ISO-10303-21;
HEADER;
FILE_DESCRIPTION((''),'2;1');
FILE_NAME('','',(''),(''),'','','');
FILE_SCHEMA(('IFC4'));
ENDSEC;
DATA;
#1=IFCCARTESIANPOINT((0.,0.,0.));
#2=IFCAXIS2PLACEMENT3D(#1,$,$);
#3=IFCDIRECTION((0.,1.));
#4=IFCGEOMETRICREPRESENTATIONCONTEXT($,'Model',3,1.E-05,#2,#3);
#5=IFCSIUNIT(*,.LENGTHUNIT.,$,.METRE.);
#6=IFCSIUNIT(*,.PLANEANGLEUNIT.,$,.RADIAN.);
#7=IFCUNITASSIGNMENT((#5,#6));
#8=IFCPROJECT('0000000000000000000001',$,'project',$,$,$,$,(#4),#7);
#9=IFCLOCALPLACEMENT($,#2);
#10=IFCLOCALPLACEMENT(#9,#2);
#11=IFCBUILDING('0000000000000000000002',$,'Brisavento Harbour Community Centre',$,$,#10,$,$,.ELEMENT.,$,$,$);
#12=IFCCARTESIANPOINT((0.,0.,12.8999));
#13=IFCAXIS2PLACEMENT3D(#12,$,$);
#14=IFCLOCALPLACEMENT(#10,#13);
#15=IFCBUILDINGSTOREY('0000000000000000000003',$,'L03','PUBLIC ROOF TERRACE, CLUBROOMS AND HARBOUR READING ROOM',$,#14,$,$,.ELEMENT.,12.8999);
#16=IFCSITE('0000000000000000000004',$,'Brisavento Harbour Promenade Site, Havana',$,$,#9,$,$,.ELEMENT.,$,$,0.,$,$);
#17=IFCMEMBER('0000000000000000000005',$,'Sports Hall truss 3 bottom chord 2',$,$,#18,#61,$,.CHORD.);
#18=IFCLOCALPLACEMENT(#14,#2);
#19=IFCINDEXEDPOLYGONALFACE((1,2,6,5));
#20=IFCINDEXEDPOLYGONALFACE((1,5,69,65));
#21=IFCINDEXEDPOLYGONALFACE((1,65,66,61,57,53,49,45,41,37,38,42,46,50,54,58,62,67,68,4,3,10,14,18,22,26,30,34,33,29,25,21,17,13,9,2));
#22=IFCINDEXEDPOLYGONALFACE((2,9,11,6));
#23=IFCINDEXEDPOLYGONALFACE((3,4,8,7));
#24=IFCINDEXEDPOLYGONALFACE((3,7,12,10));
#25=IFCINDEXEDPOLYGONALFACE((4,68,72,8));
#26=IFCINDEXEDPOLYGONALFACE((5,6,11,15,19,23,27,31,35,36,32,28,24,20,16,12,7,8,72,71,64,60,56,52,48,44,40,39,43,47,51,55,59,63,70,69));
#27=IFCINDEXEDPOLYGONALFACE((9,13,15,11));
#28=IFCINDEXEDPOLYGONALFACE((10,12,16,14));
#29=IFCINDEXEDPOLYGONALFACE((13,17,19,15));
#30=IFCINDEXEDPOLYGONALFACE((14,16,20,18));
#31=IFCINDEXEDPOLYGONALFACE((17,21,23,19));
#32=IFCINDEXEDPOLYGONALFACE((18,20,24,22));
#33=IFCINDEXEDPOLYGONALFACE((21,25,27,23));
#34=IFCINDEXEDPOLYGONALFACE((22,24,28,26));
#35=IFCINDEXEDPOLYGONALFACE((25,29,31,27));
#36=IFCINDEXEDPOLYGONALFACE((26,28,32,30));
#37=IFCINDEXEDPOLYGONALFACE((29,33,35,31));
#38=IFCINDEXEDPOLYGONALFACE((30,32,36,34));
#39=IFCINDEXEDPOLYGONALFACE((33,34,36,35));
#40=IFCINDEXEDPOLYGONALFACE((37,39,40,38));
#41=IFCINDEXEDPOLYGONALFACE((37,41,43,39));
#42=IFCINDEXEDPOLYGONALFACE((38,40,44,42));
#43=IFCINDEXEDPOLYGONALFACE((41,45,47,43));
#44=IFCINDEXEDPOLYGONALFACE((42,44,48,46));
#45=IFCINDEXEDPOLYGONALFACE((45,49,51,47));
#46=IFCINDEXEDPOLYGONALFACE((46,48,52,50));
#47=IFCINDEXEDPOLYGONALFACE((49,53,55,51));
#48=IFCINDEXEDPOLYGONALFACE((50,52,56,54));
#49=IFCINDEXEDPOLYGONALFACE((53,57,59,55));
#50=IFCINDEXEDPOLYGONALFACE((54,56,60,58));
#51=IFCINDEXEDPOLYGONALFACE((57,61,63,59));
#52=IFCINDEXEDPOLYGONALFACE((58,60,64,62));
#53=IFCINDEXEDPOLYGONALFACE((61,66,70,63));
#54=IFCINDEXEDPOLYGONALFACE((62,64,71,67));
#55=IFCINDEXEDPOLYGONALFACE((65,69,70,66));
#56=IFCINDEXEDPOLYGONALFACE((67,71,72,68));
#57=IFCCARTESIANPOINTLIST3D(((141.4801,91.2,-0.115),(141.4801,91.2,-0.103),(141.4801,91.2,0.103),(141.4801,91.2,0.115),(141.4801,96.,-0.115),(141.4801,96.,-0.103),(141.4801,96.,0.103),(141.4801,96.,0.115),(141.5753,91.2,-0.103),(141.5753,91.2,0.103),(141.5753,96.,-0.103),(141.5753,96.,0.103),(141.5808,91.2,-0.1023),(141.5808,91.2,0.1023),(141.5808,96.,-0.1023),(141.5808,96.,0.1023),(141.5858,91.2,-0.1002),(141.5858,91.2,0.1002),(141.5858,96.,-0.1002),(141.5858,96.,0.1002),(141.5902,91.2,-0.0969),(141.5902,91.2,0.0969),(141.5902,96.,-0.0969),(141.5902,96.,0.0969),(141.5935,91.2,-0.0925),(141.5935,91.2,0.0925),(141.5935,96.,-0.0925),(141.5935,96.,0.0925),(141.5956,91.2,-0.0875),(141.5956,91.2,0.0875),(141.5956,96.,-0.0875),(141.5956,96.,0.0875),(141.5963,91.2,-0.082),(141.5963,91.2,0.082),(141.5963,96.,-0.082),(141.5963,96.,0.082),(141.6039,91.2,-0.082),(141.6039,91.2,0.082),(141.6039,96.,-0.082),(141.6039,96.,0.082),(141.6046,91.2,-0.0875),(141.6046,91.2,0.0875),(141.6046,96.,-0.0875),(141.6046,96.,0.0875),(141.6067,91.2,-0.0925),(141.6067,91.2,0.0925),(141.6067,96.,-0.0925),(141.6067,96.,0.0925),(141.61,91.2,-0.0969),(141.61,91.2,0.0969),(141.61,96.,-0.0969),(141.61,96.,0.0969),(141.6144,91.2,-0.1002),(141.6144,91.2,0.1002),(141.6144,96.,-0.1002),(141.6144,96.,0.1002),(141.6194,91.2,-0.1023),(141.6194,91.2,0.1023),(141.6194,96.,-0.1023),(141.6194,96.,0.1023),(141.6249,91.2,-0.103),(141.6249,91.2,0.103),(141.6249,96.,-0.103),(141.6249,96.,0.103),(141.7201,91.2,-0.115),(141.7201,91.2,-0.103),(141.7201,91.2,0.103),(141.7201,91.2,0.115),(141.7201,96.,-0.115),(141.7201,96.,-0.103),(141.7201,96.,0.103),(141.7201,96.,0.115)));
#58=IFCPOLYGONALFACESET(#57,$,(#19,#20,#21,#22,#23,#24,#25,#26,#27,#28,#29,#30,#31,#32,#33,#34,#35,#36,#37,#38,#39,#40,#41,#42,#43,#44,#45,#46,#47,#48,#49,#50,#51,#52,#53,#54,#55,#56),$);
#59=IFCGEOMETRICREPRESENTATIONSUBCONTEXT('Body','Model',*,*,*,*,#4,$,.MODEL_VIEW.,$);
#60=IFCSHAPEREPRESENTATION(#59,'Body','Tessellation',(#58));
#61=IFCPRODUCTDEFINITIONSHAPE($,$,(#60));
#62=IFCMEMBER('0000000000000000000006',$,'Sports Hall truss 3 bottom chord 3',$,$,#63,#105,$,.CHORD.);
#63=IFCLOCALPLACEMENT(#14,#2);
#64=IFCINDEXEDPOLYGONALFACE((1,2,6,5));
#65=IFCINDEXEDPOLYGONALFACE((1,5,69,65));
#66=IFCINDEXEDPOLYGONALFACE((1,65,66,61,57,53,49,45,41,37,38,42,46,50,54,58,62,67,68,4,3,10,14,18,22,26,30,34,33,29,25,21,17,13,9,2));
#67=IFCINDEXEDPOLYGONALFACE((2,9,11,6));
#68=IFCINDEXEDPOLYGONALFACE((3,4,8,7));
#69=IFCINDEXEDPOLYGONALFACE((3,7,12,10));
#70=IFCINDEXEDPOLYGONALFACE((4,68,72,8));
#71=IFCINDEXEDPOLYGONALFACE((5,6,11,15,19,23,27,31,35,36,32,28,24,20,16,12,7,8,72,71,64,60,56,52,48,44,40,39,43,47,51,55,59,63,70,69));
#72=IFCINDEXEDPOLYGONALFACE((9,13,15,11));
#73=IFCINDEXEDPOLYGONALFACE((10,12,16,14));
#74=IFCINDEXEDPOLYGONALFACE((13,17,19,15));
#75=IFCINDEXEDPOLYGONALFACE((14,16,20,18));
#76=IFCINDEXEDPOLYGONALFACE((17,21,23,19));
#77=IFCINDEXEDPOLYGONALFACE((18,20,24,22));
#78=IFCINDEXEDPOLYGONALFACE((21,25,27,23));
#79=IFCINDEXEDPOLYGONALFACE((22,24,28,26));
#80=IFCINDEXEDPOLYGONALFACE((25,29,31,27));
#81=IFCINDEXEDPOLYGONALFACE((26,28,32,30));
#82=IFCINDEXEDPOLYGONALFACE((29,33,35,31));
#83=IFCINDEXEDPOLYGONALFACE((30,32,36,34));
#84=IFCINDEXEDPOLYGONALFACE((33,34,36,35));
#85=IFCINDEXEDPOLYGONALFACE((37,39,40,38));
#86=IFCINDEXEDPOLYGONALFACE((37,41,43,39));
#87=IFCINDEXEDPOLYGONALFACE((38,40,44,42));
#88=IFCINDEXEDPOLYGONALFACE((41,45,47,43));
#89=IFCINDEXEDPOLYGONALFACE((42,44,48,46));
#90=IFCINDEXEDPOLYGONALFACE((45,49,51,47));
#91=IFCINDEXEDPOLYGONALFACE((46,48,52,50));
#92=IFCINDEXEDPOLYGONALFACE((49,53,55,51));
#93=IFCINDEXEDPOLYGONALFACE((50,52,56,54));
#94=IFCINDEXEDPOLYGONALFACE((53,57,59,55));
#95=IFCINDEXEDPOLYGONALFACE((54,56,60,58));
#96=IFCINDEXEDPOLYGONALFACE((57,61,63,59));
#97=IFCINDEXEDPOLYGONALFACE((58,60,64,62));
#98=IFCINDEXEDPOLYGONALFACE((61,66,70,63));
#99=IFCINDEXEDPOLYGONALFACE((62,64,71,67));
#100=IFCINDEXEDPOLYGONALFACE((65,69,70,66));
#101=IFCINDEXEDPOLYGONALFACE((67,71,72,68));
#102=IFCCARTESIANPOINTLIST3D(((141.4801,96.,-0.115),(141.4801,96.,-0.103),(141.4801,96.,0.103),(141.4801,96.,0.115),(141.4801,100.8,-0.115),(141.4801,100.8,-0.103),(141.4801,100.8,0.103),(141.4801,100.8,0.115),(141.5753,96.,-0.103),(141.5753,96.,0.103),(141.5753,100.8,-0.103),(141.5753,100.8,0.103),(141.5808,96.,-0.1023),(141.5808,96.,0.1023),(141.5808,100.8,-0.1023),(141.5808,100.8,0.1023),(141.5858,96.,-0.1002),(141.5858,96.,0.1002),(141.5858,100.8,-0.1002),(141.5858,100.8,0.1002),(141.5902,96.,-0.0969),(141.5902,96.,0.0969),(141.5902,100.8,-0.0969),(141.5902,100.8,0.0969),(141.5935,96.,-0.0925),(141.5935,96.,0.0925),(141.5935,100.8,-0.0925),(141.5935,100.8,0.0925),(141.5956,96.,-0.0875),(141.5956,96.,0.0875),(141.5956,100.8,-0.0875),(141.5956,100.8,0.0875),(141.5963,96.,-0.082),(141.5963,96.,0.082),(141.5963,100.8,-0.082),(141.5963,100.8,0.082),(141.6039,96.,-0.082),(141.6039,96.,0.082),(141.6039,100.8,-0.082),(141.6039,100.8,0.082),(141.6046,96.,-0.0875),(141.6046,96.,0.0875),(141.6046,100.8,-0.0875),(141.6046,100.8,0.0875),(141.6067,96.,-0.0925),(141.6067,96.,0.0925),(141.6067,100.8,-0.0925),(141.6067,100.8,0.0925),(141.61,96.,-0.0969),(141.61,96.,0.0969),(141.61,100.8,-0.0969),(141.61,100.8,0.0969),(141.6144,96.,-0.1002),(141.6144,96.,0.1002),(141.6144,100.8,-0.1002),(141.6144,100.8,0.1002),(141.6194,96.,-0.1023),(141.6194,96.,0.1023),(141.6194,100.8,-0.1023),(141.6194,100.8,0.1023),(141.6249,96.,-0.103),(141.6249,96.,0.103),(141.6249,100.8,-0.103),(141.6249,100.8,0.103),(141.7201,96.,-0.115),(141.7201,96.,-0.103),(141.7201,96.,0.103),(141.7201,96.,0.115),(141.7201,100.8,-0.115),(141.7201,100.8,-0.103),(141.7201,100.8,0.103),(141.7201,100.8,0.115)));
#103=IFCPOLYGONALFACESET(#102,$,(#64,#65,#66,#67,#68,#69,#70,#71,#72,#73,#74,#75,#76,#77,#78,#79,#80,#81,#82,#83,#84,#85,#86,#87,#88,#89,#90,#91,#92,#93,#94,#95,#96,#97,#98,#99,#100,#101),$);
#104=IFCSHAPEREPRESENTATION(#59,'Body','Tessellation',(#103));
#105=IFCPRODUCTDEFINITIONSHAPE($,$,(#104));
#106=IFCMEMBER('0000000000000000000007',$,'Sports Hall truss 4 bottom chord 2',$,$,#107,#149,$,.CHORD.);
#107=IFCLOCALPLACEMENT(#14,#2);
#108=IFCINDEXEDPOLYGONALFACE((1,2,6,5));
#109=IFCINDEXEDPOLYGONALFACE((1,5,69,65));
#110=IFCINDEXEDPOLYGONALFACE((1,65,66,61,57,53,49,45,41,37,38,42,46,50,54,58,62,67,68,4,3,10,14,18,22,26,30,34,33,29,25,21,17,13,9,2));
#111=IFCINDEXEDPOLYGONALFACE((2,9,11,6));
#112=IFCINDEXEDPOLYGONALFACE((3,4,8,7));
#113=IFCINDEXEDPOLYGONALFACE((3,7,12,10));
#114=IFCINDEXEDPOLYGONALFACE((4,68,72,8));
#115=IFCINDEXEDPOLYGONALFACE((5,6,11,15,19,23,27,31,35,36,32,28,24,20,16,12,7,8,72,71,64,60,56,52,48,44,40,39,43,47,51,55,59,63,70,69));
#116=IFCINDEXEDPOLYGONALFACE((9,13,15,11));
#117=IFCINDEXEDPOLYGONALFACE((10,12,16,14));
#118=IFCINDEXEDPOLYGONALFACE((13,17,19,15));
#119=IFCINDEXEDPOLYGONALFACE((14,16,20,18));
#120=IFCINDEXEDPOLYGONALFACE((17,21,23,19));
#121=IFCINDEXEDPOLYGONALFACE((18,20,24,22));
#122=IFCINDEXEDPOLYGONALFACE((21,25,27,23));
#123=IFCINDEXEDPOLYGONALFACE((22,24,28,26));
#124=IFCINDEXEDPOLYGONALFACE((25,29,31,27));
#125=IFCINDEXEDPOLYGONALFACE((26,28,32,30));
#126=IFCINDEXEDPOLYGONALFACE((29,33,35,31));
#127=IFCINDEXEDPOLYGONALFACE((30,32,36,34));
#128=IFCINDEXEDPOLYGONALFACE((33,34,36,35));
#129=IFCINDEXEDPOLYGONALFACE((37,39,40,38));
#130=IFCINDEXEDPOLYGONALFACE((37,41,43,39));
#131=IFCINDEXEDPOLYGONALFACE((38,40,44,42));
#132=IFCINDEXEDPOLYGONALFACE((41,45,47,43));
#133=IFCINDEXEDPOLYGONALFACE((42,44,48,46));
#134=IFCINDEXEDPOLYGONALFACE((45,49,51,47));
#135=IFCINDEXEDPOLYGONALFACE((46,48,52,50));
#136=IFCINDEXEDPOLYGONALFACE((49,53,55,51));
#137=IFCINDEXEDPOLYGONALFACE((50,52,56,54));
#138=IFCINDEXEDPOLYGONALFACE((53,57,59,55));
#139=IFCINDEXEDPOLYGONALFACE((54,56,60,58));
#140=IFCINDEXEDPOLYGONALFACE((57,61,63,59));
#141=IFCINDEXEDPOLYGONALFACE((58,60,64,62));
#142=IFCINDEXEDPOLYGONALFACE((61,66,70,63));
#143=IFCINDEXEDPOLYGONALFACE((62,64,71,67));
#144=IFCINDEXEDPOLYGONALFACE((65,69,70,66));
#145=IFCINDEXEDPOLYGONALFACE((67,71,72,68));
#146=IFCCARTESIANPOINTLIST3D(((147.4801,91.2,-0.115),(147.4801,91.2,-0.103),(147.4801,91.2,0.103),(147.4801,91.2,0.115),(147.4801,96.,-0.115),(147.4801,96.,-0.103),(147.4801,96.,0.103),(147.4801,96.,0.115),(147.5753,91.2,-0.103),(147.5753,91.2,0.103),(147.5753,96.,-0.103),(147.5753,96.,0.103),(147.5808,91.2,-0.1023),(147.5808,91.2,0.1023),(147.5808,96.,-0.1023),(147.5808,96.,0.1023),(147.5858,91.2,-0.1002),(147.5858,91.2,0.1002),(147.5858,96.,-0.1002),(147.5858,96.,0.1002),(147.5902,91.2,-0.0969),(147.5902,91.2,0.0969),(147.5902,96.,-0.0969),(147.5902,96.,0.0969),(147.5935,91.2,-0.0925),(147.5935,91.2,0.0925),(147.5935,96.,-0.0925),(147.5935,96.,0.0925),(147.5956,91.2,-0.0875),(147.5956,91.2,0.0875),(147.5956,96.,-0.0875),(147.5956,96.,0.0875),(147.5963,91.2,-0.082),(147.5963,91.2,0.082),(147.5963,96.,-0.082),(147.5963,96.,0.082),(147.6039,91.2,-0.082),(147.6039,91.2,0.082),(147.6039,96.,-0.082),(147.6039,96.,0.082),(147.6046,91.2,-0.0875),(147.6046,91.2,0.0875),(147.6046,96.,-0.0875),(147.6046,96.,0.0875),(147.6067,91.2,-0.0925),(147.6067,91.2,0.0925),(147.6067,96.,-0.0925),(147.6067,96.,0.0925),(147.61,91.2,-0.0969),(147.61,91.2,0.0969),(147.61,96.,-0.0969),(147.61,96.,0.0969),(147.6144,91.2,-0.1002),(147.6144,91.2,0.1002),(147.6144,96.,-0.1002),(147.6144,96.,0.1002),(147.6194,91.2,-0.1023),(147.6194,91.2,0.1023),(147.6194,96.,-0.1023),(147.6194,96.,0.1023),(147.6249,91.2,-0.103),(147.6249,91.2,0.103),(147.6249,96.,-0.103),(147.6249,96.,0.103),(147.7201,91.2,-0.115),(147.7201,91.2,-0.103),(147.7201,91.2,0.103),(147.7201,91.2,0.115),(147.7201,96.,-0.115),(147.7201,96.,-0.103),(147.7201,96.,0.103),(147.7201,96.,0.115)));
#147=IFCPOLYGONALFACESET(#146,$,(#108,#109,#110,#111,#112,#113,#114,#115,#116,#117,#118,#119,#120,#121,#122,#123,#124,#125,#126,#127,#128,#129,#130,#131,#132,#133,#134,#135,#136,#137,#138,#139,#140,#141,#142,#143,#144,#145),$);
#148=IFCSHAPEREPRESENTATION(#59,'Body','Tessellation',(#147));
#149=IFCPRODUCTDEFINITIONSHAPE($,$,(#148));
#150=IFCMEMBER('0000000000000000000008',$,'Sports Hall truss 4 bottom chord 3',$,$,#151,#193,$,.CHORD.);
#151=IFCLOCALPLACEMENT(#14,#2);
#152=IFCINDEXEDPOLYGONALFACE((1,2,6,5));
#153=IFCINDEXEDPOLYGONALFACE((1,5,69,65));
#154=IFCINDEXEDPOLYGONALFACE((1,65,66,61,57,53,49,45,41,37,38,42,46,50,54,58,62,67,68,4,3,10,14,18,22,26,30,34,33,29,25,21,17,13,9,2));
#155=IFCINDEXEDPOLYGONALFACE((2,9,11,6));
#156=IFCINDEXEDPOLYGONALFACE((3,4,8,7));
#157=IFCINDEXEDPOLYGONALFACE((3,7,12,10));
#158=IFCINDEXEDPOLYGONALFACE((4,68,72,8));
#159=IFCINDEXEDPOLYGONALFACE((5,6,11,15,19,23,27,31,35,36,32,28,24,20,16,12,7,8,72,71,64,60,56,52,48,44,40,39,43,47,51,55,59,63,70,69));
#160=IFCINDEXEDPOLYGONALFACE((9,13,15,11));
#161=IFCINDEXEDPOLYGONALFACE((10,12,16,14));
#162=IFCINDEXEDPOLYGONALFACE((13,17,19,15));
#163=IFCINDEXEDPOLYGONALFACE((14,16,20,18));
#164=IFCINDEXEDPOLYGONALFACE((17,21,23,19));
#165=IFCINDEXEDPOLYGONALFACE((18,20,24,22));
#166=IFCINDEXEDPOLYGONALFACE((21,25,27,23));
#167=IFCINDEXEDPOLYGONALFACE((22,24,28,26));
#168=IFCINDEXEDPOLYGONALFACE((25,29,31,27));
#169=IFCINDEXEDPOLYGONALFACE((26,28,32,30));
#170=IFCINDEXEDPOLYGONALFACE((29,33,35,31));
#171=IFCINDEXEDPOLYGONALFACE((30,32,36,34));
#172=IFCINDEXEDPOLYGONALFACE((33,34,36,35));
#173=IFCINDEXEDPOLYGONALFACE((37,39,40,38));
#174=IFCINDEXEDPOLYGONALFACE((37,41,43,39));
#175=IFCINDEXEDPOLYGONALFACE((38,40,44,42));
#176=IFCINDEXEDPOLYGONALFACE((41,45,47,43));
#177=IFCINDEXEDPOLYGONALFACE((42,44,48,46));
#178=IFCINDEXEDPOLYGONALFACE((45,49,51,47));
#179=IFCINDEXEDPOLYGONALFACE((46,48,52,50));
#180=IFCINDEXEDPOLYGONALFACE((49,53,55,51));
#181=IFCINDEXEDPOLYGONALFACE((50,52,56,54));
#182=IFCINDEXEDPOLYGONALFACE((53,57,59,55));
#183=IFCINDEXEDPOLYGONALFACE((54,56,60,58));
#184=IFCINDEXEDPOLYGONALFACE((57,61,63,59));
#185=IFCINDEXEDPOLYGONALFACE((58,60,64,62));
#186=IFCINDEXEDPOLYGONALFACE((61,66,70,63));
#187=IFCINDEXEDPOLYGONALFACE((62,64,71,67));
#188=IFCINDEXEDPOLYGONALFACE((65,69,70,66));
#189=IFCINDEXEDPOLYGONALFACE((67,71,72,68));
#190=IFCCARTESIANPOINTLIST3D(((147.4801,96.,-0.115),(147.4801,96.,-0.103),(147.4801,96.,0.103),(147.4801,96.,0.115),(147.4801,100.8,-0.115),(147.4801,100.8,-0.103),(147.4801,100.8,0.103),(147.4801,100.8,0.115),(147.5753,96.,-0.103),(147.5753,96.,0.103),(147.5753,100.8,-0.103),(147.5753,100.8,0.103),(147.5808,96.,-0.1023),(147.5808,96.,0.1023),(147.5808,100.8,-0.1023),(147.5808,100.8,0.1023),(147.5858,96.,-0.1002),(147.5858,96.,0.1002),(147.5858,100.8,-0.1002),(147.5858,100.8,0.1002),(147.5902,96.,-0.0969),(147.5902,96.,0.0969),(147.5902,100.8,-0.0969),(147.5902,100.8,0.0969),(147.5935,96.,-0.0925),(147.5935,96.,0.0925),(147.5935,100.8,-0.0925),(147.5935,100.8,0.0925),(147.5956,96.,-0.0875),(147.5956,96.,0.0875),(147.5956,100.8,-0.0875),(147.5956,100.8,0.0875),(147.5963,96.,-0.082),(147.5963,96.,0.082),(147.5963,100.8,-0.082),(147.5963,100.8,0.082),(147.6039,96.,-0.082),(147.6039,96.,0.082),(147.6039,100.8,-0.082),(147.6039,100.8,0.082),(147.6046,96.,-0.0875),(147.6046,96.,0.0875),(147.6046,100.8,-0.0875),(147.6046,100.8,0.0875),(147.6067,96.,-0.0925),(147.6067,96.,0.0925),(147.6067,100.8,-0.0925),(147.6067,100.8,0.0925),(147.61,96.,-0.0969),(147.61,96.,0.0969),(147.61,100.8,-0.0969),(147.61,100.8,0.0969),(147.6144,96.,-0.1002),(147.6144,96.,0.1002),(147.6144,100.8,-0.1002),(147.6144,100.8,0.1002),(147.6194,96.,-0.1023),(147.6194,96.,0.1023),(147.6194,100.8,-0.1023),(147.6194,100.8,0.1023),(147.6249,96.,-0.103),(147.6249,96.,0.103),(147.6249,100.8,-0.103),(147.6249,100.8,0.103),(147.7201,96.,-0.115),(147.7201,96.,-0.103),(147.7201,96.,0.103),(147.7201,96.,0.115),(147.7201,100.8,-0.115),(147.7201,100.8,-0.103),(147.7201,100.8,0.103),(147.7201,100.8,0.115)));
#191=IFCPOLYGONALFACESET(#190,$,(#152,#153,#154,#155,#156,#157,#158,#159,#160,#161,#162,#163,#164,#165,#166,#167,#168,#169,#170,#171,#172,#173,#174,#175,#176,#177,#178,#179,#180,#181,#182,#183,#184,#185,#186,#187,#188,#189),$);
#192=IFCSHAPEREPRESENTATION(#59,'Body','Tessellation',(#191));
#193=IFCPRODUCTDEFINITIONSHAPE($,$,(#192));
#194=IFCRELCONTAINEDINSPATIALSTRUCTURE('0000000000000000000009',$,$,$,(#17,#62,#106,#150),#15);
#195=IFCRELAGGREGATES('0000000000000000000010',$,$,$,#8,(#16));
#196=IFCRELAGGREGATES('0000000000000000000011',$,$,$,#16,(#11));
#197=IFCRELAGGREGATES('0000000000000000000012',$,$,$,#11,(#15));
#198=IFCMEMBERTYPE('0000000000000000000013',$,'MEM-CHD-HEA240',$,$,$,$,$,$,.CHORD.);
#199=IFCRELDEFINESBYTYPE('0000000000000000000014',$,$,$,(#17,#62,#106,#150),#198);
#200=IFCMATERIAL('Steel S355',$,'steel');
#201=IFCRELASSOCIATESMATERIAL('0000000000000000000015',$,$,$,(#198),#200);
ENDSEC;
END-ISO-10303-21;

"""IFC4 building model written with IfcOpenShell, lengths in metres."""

from ifc_helpers import new_model, si_unit, direction, frame, origin, origin_2d, place, context, subcontext, project, spatial, i_section, extrude, material, material_profile, profile_set, type_object, element, save


model = new_model("IFC4")

# Units and contexts
model_context = context("Model", 3, precision=1e-05, world=origin(), true_north=direction((0.0, 1.0)))
body_context = subcontext(model_context, "Body", "Model", "MODEL_VIEW")
ifc_project = project(units=[si_unit("LENGTHUNIT", "METRE"), si_unit("PLANEANGLEUNIT", "RADIAN")], contexts=[model_context])

# Site, building, storey
site_placement = place(None, origin())
site = spatial("IfcSite", under=ifc_project, at=site_placement, Name="Brisavento Harbour Promenade Site, Havana", CompositionType="ELEMENT", RefElevation=0.0)
building_placement = place(site_placement, origin())
building = spatial("IfcBuilding", under=site, at=building_placement, Name="Brisavento Harbour Community Centre", CompositionType="ELEMENT")
storey_placement = place(building_placement, frame((0.0, 0.0, 12.8999)))
storey = spatial("IfcBuildingStorey", under=building, at=storey_placement, Name="L03", Description="PUBLIC ROOF TERRACE, CLUBROOMS AND HARBOUR READING ROOM", CompositionType="ELEMENT", Elevation=12.8999)

# Members
ifc_material = material(Name="Steel S355", Category="steel")
ifc_material_profile_1 = material_profile(ifc_material, i_section(OverallWidth=0.24, OverallDepth=0.23, WebThickness=0.0076, FlangeThickness=0.012, FilletRadius=0.021, at=origin_2d()), Name="Steel S355")
ifc_profile_set_1 = profile_set([ifc_material_profile_1], Name="Steel S355")
member_type_1 = type_object("IfcMemberType", Name="MEM-CHD-HEA240", PredefinedType="CHORD", material=ifc_profile_set_1)
for number, where, z_axis, x_axis, name in (
    (1, (141.6001, 91.2, 0.0), (0.0, 1.0, 0.0), (-1.0, 0.0, 0.0), "Sports Hall truss 3 bottom chord 2"),
    (2, (141.6001, 96.0, 0.0), (0.0, 1.0, 0.0), (-1.0, 0.0, 0.0), "Sports Hall truss 3 bottom chord 3"),
    (3, (147.6001, 91.2, 0.0), (0.0, 1.0, 0.0), (-1.0, 0.0, 0.0), "Sports Hall truss 4 bottom chord 2"),
    (4, (147.6001, 96.0, 0.0), (0.0, 1.0, 0.0), (-1.0, 0.0, 0.0), "Sports Hall truss 4 bottom chord 3"),
):
    element("IfcMember", number, at=place(storey_placement, frame(where, z_axis=z_axis, x_axis=x_axis)), inside=storey, type_object=member_type_1, Name=name, PredefinedType="CHORD", context=body_context, shape_type="SweptSolid", body=[
        extrude(i_section(OverallWidth=0.24, OverallDepth=0.23, WebThickness=0.0076, FlangeThickness=0.012, FilletRadius=0.021, at=origin_2d()), origin(), (0.0, 0.0, 1.0), 4.8),
    ])

save(model, "model.ifc")
